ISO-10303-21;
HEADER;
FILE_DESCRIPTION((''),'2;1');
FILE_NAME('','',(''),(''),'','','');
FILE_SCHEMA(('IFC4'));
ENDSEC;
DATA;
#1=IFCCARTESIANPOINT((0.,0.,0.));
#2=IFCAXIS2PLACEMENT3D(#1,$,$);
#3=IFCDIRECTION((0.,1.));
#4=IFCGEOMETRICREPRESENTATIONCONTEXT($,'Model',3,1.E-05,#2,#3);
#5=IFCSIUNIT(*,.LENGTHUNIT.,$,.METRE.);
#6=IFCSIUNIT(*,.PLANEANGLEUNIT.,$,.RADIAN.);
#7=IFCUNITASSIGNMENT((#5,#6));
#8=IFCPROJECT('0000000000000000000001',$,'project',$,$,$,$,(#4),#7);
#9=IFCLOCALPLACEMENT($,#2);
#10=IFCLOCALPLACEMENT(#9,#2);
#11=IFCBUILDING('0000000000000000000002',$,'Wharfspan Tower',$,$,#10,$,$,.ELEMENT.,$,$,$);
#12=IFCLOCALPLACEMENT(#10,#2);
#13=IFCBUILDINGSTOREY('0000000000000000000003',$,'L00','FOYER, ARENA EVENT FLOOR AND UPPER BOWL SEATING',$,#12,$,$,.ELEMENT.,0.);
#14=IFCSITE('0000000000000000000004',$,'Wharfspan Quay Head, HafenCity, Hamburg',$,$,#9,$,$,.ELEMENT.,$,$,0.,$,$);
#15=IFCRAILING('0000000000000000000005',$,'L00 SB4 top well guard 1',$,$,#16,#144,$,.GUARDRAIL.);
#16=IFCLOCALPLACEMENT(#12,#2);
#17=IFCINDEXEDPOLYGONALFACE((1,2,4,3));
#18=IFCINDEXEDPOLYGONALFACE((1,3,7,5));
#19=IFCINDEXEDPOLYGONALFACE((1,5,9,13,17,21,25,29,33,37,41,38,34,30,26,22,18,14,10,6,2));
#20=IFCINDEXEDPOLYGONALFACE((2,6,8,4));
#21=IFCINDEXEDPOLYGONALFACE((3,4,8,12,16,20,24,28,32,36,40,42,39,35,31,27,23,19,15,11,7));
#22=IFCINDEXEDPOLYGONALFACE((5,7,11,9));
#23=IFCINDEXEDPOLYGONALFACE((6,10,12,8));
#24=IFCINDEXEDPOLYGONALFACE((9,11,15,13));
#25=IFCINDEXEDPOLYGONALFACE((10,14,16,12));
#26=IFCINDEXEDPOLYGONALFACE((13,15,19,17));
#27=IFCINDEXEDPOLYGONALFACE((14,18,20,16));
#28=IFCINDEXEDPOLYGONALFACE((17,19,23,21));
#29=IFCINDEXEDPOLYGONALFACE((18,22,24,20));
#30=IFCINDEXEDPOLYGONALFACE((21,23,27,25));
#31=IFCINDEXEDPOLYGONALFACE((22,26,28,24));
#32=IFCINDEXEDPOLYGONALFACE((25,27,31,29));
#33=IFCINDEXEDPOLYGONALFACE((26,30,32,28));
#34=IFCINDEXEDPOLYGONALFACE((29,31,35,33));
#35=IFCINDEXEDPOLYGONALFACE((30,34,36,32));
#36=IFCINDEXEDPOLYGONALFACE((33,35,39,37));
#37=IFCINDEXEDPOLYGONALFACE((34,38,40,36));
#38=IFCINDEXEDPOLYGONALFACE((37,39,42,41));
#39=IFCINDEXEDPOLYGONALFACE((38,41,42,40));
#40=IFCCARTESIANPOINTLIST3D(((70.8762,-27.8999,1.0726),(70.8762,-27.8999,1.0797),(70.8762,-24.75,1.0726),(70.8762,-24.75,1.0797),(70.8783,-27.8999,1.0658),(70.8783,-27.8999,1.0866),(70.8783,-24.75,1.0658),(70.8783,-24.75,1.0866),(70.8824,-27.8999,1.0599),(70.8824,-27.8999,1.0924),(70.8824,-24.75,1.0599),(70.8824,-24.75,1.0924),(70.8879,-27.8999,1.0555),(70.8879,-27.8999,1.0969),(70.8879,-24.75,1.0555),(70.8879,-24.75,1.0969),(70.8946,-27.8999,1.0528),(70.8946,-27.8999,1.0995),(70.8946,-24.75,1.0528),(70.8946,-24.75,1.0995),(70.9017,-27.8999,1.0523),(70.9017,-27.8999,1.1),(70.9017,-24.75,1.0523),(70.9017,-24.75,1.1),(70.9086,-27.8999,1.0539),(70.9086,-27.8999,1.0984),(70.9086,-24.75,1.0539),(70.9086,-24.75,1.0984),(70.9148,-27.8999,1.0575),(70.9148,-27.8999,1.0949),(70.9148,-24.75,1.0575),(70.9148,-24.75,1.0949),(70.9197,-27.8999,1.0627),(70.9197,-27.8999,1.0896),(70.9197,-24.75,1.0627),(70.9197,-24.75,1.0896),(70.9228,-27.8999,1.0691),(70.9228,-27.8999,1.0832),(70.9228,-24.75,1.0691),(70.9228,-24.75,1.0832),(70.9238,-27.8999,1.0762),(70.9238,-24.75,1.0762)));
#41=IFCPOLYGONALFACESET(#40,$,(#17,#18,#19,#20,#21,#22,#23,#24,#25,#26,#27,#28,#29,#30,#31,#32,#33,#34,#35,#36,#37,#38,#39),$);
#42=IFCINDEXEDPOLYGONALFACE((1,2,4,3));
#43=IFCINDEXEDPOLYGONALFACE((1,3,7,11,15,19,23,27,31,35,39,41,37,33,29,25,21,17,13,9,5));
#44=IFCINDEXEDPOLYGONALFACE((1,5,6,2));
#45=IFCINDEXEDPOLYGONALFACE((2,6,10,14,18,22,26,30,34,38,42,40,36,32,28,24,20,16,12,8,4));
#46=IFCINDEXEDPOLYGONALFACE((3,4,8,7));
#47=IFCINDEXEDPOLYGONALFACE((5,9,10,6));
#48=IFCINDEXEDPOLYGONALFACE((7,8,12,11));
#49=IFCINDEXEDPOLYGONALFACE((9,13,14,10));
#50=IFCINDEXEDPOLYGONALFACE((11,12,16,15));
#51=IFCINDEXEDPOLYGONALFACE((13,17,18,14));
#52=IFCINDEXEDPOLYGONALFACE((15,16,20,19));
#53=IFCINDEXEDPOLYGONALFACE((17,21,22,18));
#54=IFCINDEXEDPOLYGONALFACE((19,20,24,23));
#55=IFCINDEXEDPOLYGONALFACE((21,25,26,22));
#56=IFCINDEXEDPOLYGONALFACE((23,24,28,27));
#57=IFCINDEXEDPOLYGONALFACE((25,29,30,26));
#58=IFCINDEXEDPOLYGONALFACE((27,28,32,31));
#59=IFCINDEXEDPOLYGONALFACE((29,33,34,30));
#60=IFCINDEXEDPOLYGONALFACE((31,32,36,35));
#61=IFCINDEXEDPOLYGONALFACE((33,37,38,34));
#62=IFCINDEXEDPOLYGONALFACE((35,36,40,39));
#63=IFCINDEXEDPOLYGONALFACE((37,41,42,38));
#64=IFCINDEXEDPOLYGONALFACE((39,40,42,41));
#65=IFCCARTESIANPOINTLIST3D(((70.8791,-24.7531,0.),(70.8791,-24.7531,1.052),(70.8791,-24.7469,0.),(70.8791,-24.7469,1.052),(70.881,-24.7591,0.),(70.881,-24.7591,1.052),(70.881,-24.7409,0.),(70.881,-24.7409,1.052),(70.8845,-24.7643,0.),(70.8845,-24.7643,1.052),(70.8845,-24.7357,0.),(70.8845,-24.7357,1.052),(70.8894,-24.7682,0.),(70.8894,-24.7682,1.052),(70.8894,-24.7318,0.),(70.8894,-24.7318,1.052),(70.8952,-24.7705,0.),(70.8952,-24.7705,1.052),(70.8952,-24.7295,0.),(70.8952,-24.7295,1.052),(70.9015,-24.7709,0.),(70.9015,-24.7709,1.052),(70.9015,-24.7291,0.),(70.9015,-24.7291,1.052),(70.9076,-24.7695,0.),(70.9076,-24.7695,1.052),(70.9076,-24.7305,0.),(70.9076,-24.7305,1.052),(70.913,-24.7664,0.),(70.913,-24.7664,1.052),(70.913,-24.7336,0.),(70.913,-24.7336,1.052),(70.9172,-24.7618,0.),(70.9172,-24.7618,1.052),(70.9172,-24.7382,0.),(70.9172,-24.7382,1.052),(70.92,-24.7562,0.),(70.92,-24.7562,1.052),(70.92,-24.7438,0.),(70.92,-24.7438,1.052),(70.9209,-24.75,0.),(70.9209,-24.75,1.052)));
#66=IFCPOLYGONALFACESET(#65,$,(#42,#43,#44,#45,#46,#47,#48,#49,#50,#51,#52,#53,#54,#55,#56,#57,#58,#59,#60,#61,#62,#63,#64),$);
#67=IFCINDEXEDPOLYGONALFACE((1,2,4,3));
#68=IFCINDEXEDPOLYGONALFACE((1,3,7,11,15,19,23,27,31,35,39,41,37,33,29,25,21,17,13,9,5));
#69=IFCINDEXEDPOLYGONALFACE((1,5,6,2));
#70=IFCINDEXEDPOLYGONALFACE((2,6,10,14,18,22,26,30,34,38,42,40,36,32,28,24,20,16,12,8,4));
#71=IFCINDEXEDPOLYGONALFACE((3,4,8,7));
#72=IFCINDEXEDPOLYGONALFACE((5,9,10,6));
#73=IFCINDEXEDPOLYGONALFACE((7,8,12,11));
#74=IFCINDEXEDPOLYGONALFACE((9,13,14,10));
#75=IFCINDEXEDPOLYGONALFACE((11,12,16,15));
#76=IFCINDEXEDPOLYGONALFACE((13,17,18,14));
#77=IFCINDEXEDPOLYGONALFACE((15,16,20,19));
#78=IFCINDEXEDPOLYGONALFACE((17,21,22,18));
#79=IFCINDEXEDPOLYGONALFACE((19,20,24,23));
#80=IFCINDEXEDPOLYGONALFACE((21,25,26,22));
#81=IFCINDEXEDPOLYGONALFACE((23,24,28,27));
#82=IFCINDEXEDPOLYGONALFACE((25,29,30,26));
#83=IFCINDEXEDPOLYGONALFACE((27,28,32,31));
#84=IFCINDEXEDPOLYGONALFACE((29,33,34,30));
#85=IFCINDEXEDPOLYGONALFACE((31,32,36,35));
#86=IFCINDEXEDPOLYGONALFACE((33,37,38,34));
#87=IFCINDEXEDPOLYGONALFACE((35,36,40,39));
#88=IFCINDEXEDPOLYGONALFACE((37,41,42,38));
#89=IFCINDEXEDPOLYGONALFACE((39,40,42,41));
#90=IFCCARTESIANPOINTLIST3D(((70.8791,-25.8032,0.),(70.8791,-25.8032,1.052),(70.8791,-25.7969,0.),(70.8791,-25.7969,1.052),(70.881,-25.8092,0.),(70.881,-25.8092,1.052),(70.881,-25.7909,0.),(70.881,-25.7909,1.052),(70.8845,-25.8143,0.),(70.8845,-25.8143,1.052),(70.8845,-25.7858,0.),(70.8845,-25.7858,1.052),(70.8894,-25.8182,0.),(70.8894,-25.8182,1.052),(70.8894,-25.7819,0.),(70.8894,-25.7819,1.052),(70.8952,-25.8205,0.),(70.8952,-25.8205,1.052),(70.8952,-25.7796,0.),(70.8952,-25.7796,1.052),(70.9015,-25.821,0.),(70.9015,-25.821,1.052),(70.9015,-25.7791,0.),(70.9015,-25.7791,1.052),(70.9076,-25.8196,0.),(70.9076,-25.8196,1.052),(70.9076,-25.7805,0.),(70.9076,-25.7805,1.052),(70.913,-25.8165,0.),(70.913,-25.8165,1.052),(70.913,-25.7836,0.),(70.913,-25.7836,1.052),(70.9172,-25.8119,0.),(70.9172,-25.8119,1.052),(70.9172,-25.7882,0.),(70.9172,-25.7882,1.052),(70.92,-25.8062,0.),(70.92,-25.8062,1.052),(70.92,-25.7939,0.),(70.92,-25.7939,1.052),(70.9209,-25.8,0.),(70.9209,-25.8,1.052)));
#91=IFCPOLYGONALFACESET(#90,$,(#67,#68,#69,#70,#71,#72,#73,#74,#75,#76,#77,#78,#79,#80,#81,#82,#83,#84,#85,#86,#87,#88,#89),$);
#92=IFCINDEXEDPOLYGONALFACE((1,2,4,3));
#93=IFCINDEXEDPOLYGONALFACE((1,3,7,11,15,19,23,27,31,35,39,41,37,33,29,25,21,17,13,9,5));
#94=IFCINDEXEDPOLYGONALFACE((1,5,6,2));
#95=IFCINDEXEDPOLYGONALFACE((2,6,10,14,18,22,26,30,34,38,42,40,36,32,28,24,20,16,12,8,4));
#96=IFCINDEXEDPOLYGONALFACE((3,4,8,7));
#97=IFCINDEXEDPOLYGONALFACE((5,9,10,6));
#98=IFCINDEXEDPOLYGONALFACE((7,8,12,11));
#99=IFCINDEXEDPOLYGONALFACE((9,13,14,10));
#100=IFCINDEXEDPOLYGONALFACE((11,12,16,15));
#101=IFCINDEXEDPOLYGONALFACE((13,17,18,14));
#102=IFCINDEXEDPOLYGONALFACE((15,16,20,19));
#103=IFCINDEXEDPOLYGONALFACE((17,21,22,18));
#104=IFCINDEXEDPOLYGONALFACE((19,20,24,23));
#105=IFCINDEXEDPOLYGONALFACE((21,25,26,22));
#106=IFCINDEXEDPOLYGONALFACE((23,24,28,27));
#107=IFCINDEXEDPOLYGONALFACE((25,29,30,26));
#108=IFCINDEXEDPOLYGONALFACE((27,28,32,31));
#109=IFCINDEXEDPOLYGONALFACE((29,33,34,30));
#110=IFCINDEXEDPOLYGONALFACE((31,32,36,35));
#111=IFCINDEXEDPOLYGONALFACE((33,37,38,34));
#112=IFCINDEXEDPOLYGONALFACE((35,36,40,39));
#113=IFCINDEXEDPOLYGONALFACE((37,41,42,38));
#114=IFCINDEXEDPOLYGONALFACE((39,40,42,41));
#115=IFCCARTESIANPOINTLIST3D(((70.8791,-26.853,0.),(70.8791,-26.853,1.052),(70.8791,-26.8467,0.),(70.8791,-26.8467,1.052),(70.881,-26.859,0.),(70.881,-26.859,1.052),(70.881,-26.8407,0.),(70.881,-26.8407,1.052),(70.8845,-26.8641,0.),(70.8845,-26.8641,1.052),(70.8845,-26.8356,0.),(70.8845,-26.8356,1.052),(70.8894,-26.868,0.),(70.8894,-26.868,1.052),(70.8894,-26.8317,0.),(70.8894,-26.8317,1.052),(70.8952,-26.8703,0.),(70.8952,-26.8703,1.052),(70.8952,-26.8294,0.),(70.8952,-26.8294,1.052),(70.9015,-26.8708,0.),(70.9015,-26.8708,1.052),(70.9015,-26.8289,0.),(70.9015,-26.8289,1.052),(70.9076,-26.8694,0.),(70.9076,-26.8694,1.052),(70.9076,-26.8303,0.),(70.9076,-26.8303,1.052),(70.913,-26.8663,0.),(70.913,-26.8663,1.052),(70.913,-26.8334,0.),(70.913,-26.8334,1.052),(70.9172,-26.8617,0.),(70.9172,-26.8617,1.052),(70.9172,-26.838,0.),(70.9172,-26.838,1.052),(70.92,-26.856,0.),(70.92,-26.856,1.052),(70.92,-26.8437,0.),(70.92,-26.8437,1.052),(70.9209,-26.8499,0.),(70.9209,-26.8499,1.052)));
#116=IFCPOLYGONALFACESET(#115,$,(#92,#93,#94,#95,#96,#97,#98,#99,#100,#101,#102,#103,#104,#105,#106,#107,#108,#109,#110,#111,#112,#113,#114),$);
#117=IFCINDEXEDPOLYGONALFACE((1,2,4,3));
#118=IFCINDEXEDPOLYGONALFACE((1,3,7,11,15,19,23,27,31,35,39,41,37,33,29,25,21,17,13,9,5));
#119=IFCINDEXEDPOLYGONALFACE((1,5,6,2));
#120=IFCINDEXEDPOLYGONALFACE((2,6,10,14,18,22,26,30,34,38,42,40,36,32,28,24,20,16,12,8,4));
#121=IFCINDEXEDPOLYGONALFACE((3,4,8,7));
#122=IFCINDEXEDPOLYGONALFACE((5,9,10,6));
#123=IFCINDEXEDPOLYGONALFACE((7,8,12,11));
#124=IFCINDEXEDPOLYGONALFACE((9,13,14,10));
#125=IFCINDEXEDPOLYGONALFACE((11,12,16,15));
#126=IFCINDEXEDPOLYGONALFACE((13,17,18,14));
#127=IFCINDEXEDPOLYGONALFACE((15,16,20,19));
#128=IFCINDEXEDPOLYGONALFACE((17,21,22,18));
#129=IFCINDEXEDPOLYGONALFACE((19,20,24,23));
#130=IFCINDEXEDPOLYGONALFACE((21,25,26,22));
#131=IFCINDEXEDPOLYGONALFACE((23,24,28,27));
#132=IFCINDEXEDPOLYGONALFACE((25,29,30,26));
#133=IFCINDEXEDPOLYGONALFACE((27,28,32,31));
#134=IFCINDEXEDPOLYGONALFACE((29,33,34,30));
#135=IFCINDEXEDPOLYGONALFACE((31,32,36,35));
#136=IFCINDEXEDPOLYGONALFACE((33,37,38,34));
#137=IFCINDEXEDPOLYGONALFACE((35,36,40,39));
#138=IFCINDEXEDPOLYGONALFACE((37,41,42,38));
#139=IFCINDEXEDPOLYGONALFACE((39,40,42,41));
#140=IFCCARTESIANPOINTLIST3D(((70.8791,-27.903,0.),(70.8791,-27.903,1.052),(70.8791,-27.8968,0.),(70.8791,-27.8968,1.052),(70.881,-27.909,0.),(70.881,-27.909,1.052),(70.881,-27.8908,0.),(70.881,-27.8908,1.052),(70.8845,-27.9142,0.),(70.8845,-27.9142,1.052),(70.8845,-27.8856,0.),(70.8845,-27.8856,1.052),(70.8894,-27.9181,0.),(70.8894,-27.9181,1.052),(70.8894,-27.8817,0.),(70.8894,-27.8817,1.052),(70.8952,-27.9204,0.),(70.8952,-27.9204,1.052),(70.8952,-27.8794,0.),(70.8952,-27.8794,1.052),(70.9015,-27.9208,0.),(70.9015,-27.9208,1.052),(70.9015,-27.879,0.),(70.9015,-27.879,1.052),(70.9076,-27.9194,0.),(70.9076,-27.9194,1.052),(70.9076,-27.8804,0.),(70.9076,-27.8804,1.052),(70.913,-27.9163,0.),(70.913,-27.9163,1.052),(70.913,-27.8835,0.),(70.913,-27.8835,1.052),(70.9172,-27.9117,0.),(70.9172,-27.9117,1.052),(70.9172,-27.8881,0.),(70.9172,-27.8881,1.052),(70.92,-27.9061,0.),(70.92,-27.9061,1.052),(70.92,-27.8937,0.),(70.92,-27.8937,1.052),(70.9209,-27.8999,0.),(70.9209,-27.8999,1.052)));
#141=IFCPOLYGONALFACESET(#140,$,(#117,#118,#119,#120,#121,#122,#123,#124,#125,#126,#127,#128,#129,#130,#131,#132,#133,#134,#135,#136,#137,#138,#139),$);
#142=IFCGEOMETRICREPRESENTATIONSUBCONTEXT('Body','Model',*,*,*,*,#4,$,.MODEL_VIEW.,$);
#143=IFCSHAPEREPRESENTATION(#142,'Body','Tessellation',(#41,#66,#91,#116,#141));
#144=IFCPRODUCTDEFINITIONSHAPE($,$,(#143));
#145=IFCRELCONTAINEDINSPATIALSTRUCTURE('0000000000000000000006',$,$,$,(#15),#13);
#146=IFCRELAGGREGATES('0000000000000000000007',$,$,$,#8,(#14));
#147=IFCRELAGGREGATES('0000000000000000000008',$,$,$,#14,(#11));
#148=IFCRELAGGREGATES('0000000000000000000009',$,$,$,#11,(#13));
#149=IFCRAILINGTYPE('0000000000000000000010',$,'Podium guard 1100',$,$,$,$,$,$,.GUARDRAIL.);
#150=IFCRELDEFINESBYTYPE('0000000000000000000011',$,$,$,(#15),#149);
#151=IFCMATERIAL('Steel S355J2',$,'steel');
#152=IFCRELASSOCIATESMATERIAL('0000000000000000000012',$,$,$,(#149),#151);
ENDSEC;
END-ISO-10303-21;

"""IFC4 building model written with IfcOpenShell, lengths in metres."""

from ifc_helpers import new_model, si_unit, direction, frame, origin, origin_2d, place, context, subcontext, project, spatial, circle, extrude, material, type_object, element, save


model = new_model("IFC4")

# Units and contexts
model_context = context("Model", 3, precision=1e-05, world=origin(), true_north=direction((0.0, 1.0)))
body_context = subcontext(model_context, "Body", "Model", "MODEL_VIEW")
ifc_project = project(units=[si_unit("LENGTHUNIT", "METRE"), si_unit("PLANEANGLEUNIT", "RADIAN")], contexts=[model_context])

# Site, building, storey
site_placement = place(None, origin())
site = spatial("IfcSite", under=ifc_project, at=site_placement, Name="Wharfspan Quay Head, HafenCity, Hamburg", CompositionType="ELEMENT", RefElevation=0.0)
building_placement = place(site_placement, origin())
building = spatial("IfcBuilding", under=site, at=building_placement, Name="Wharfspan Tower", CompositionType="ELEMENT")
storey_placement = place(building_placement, origin())
storey = spatial("IfcBuildingStorey", under=building, at=storey_placement, Name="L00", Description="FOYER, ARENA EVENT FLOOR AND UPPER BOWL SEATING", CompositionType="ELEMENT", Elevation=0.0)

# Shared definitions
ifc_material_1 = material(Name="Steel S355J2", Category="steel")

# Railing
railing_type = type_object("IfcRailingType", Name="Podium guard 1100", PredefinedType="GUARDRAIL", material=ifc_material_1)
railing_placement = place(storey_placement, frame((70.8999, -24.75, 0.0)))
element("IfcRailing", 1, at=railing_placement, inside=storey, type_object=railing_type, Name="L00 SB4 top well guard 1", PredefinedType="GUARDRAIL", context=body_context, shape_type="SweptSolid", body=[
    extrude(circle(Radius=0.0239, at=origin_2d()), frame((0.0, 0.0, 1.0762), z_axis=(0.0, -1.0, 0.0), x_axis=(1.0, 0.0, 0.0)), (0.0, 0.0, 1.0), 3.1499),
    extrude(circle(Radius=0.021, at=origin_2d()), origin(), (0.0, 0.0, 1.0), 1.052),
    extrude(circle(Radius=0.021, at=origin_2d()), frame((0.0, -1.05, 0.0)), (0.0, 0.0, 1.0), 1.052),
    extrude(circle(Radius=0.021, at=origin_2d()), frame((0.0, -2.0999, 0.0)), (0.0, 0.0, 1.0), 1.052),
    extrude(circle(Radius=0.021, at=origin_2d()), frame((0.0, -3.1499, 0.0)), (0.0, 0.0, 1.0), 1.052),
])

save(model, "model.ifc")
